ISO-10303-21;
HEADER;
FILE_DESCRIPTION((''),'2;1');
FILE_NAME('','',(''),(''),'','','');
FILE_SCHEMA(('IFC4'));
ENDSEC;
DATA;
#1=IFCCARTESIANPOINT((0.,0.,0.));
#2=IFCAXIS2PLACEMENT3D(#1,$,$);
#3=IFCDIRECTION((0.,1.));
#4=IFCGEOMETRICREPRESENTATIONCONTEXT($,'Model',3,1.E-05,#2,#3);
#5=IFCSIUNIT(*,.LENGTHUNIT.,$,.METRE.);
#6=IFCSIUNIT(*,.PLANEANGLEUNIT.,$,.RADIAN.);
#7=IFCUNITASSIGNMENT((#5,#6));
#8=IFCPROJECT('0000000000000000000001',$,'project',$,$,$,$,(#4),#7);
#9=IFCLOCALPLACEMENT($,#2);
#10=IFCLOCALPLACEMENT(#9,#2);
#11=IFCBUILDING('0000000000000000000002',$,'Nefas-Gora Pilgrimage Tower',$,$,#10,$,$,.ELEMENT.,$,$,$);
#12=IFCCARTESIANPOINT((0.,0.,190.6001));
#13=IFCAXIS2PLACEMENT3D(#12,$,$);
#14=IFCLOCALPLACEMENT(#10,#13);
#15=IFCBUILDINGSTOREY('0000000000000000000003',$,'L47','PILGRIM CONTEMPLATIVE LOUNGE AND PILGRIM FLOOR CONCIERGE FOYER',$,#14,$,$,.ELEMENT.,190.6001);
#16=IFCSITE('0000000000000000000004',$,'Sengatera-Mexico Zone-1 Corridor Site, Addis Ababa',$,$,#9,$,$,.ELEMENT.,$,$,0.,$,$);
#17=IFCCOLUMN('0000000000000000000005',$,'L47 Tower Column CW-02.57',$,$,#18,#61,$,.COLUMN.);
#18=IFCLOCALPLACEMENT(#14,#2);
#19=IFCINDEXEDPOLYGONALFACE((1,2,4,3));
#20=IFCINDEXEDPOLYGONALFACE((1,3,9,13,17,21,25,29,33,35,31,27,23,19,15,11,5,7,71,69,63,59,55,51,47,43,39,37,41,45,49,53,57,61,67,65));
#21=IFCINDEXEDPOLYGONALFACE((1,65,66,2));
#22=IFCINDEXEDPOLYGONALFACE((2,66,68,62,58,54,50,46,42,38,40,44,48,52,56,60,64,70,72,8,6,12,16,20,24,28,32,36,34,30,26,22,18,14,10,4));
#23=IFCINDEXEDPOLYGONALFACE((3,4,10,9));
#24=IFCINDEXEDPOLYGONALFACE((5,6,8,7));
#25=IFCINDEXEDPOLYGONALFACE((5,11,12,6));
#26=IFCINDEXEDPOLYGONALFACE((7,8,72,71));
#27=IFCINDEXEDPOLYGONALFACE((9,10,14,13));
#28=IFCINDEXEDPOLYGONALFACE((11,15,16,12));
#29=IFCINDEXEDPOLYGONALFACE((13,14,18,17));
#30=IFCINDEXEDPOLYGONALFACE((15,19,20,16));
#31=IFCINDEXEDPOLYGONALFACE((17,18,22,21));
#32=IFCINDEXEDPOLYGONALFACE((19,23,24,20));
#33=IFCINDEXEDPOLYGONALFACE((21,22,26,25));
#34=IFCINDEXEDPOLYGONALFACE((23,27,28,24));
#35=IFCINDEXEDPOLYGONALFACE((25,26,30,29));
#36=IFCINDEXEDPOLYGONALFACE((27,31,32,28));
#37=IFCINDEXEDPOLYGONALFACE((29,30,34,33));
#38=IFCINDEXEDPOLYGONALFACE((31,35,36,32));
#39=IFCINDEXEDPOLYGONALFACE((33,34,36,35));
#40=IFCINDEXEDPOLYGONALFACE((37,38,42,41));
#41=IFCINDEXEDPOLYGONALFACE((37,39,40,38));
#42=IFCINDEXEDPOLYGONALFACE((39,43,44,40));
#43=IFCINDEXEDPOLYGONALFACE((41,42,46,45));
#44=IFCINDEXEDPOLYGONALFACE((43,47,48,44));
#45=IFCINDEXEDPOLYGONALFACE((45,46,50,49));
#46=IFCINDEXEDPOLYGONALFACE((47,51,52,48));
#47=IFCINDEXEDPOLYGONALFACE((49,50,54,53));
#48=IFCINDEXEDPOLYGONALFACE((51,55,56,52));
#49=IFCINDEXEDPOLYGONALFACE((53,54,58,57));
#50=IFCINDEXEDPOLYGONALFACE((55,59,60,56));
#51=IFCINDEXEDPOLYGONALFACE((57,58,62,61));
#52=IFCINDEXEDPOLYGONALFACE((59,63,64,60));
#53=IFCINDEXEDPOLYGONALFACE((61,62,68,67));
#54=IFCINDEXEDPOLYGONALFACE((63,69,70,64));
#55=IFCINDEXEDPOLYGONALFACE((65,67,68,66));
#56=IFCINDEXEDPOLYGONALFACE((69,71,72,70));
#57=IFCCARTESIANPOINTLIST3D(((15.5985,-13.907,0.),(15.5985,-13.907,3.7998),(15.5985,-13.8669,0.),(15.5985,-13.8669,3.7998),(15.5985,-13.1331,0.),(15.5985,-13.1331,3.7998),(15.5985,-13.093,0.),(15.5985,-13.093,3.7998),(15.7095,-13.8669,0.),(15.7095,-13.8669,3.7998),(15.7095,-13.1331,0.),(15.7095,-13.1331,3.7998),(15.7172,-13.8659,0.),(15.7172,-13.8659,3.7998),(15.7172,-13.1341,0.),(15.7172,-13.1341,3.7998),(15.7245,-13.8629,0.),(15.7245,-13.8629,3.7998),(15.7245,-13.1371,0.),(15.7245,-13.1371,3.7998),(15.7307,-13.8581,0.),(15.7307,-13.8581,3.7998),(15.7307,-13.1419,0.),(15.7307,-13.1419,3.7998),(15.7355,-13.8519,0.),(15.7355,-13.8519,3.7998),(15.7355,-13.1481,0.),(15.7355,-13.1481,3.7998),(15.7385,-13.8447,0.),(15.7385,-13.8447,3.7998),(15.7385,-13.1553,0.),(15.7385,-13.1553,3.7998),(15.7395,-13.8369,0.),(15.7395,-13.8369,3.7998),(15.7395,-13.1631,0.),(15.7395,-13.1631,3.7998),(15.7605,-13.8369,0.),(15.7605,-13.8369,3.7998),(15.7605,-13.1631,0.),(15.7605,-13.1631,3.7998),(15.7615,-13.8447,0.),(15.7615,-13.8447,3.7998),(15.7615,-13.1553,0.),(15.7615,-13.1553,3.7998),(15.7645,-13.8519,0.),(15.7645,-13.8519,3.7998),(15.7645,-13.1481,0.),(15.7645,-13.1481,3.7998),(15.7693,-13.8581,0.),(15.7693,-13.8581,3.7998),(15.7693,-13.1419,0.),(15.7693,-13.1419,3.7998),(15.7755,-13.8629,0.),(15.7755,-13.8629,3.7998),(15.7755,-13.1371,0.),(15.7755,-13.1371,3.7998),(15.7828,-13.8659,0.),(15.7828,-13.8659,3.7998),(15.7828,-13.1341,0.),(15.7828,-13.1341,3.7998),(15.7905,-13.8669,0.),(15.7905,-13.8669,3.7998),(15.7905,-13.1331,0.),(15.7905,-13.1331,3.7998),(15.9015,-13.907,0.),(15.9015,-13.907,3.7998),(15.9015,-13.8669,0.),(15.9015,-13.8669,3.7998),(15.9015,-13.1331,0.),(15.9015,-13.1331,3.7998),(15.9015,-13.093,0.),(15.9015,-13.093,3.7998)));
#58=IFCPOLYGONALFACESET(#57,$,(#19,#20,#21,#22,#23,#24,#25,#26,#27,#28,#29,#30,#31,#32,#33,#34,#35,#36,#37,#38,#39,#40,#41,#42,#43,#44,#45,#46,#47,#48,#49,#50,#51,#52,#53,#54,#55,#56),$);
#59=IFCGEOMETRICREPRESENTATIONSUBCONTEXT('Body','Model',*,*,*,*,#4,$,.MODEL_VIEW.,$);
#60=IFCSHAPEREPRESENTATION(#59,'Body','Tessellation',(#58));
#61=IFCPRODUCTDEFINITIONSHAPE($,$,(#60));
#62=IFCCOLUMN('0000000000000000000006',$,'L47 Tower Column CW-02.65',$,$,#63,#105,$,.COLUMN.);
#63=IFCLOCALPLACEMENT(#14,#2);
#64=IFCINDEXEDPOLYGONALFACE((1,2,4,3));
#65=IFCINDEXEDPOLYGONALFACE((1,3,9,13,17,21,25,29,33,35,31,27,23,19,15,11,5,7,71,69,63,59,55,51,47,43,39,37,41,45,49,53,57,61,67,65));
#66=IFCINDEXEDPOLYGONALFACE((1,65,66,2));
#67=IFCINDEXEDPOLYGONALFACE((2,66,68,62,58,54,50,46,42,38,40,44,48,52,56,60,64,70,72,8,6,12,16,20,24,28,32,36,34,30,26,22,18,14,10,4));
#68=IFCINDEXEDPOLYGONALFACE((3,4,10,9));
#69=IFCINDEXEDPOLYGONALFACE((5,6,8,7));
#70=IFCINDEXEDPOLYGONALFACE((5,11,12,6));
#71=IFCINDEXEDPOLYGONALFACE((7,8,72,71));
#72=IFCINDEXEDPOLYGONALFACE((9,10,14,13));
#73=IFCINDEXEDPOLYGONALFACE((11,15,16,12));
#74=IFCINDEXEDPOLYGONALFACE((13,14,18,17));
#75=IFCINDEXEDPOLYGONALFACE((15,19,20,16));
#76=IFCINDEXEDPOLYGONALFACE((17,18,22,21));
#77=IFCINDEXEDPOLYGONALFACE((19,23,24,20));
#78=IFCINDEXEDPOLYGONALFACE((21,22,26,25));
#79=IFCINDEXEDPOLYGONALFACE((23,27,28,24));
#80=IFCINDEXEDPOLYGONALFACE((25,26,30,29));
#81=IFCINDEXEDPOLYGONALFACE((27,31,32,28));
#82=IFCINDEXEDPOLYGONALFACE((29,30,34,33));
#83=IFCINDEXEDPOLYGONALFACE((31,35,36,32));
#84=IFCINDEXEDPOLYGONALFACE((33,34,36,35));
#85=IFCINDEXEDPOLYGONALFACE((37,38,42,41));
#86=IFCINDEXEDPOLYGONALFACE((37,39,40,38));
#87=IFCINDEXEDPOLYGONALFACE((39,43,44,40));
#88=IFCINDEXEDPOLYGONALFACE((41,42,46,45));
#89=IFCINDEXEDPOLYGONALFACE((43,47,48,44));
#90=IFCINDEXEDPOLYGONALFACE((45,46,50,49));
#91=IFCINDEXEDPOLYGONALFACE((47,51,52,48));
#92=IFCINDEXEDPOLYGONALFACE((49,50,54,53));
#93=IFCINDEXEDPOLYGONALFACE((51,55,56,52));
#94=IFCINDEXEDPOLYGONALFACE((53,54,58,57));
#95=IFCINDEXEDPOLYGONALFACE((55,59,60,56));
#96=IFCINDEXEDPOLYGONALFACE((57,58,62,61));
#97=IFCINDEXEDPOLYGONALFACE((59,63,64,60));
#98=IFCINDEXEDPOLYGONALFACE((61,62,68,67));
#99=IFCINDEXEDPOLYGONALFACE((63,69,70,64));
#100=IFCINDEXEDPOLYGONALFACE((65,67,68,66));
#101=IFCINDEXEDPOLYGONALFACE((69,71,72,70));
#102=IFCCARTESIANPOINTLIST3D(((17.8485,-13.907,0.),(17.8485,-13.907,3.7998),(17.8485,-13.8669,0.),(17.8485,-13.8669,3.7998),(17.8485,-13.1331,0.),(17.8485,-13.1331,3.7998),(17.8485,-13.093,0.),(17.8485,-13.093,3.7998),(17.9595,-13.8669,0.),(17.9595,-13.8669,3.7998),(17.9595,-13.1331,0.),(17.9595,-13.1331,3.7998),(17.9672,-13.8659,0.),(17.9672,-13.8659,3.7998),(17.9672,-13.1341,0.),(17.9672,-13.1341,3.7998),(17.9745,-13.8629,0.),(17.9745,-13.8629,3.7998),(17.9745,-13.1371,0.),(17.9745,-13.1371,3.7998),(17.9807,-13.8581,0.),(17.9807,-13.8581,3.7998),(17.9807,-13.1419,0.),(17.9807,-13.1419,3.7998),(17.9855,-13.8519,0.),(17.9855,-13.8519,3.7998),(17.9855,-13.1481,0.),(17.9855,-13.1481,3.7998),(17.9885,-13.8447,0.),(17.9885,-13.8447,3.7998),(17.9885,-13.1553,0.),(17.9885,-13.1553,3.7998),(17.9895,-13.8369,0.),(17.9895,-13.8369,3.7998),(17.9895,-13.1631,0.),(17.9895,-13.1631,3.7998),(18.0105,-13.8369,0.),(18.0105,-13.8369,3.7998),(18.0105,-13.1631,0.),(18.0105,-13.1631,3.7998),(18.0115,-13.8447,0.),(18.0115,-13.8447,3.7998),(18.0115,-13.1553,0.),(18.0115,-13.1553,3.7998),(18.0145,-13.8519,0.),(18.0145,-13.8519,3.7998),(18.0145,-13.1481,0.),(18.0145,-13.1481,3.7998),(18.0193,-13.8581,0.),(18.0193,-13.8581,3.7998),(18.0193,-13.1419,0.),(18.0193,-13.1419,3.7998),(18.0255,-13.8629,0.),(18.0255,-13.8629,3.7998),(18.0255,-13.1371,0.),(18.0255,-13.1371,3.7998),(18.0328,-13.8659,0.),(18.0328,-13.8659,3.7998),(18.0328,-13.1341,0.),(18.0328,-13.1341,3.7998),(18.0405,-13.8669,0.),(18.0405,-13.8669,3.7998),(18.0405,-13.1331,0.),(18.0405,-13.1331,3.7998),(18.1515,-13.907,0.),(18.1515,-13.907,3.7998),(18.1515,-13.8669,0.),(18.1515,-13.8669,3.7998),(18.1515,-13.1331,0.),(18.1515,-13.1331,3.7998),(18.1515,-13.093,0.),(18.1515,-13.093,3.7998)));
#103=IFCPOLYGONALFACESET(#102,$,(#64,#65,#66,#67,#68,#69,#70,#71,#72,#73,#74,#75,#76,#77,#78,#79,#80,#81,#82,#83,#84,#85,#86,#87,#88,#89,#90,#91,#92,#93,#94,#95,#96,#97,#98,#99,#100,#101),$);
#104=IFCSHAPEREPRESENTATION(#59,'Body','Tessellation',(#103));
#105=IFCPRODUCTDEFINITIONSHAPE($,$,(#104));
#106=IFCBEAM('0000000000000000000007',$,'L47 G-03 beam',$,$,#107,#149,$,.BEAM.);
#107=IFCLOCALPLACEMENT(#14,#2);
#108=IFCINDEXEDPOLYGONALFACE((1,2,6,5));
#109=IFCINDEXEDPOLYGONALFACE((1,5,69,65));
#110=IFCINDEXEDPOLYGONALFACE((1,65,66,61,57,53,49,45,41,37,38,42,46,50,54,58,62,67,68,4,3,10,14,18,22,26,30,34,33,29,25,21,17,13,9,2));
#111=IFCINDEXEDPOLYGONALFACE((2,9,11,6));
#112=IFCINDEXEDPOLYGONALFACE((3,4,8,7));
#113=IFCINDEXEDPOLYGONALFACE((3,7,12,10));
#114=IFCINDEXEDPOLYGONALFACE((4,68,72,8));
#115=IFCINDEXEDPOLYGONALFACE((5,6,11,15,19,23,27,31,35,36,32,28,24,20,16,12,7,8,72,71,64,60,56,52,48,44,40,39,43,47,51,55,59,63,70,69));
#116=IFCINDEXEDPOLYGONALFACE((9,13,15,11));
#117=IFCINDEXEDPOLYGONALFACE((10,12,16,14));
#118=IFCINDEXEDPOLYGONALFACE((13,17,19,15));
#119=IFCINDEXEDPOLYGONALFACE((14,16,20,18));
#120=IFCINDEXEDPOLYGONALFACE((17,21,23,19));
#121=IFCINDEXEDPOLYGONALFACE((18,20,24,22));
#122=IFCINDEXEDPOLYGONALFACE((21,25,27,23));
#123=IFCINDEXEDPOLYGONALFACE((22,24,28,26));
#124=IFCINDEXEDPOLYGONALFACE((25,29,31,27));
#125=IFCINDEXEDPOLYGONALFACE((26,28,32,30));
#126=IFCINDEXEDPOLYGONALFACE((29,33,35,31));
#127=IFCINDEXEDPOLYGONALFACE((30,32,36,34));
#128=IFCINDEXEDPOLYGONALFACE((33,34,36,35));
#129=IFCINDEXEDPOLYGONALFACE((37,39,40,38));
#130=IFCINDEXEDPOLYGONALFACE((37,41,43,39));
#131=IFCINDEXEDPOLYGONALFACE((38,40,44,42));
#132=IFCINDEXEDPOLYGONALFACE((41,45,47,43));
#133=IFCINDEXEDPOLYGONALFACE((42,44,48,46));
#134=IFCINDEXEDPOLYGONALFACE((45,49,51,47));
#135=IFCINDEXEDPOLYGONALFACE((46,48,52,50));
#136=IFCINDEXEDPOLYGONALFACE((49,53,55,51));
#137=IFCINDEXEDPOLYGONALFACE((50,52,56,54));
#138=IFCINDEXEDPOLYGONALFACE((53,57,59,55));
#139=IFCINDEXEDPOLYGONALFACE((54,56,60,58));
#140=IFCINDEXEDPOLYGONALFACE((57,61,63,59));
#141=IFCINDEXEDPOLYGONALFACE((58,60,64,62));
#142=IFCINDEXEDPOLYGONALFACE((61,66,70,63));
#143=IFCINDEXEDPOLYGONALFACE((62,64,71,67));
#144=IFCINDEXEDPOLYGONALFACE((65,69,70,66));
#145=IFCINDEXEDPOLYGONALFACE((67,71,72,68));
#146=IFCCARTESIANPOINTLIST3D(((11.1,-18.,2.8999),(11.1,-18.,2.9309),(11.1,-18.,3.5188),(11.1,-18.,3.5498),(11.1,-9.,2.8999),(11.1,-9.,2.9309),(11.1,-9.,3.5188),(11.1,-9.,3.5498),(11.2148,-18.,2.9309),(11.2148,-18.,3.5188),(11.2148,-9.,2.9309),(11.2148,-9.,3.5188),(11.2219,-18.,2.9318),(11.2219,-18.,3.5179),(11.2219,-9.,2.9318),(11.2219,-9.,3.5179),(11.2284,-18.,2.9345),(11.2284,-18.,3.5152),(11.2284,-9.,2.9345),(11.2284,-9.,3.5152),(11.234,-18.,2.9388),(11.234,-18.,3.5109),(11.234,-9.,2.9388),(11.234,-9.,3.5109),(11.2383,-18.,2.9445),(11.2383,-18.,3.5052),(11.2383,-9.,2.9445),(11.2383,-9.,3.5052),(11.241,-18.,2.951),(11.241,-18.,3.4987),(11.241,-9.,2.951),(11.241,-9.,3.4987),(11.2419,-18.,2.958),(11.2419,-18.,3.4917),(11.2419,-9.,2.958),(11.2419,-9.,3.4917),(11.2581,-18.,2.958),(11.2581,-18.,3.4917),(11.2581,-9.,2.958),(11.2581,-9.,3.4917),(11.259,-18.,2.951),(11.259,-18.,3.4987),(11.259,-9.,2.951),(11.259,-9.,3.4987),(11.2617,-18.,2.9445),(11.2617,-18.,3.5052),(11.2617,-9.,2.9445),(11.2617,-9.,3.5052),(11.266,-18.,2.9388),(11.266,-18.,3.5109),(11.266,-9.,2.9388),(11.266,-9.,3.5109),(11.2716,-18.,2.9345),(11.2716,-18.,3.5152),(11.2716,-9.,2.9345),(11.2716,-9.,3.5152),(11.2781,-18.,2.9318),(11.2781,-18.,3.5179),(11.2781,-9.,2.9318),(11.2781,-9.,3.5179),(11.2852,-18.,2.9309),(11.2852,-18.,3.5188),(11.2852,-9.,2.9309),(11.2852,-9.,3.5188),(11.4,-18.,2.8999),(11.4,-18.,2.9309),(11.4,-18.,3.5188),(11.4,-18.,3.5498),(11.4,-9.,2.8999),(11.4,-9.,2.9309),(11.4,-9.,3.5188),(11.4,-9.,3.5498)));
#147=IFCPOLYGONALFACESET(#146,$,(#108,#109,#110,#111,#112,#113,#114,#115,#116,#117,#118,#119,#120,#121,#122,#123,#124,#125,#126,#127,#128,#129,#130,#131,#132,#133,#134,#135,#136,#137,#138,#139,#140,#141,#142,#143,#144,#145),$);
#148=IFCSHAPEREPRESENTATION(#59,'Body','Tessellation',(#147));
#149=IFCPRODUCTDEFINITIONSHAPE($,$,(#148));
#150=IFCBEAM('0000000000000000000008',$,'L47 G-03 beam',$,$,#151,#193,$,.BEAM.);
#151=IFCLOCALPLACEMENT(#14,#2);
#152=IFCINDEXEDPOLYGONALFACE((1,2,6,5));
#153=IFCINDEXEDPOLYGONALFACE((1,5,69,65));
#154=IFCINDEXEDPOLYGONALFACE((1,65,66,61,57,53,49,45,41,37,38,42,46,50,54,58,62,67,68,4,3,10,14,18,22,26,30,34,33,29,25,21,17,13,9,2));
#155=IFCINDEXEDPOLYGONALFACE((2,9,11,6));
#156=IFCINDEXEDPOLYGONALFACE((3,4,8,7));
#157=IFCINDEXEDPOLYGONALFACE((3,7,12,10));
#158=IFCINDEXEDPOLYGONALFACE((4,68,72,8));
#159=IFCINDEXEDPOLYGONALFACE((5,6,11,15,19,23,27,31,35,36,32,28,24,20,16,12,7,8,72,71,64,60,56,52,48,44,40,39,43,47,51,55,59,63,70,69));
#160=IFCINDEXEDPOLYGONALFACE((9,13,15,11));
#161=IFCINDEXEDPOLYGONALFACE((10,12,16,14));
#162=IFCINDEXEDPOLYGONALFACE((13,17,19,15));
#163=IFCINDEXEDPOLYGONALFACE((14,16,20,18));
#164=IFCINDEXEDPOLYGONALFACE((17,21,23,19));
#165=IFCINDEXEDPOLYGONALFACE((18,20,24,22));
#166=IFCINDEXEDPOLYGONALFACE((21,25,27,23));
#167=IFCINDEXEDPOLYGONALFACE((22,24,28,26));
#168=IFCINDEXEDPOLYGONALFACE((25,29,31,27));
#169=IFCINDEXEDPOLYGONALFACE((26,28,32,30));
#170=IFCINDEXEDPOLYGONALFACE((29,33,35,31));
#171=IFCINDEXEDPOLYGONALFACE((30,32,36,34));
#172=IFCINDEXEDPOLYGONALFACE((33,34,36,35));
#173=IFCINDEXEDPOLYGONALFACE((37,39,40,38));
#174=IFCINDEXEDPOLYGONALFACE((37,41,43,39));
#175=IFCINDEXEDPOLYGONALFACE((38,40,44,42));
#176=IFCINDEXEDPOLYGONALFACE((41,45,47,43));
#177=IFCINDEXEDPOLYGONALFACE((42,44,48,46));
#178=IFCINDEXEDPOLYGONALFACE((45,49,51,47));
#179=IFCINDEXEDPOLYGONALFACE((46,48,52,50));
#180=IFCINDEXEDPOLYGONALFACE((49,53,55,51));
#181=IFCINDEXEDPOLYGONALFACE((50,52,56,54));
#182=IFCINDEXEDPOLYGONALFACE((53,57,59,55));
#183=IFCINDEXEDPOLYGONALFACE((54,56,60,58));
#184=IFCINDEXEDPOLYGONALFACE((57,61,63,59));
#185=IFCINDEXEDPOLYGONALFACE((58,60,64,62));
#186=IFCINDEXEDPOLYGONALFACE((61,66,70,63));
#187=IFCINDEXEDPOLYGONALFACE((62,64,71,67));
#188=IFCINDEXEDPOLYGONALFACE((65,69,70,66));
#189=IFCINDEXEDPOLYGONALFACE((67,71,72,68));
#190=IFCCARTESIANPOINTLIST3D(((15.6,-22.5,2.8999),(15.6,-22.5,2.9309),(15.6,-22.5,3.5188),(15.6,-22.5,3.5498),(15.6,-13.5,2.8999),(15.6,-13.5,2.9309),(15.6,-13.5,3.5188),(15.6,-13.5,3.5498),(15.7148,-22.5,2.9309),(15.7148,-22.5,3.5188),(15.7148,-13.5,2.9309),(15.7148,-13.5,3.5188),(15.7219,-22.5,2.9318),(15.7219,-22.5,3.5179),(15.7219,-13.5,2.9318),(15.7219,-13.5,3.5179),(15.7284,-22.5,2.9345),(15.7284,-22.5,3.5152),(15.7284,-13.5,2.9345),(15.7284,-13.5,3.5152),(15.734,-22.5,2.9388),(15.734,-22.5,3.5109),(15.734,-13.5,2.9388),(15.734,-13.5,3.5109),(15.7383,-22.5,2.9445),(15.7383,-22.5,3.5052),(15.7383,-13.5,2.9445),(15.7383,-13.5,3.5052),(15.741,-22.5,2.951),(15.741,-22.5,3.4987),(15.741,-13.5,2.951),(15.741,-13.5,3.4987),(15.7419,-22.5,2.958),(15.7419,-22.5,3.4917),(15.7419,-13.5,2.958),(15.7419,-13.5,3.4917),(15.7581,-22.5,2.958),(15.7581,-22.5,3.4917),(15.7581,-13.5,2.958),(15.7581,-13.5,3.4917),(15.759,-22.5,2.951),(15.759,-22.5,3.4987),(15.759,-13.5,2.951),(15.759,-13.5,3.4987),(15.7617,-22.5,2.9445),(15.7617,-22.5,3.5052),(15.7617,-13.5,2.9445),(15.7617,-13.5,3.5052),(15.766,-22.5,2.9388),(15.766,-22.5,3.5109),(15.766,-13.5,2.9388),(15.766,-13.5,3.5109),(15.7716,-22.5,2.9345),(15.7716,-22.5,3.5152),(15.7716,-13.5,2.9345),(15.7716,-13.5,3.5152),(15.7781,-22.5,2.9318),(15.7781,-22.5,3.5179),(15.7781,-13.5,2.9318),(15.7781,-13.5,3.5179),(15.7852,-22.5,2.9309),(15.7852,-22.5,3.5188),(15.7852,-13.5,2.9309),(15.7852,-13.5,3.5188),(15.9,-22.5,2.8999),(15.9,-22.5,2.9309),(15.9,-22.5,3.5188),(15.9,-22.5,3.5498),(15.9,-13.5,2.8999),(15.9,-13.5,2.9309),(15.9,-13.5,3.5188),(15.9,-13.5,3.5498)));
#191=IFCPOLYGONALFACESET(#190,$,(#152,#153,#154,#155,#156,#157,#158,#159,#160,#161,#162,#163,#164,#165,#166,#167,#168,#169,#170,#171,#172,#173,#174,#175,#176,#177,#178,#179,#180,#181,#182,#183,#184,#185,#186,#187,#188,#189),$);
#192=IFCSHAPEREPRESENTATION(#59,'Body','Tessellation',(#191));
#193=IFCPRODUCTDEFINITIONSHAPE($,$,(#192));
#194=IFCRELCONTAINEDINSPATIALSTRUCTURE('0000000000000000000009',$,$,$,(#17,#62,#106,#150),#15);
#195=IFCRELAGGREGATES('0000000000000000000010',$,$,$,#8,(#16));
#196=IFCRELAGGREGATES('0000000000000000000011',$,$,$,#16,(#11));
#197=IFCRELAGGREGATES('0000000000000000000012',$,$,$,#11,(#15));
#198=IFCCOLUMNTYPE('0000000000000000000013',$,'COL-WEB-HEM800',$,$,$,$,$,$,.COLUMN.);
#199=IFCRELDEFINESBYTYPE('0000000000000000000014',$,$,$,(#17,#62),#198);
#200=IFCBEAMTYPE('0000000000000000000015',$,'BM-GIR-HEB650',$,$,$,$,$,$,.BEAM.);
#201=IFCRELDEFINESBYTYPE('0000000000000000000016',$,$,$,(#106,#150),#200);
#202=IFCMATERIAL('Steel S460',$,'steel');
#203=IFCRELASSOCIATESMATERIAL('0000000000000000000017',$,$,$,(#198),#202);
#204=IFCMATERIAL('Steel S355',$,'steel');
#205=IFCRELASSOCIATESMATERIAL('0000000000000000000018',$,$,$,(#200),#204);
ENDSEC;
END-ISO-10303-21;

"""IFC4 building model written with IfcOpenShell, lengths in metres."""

from ifc_helpers import new_model, si_unit, direction, frame, origin, origin_2d, place, context, subcontext, project, spatial, i_section, extrude, source, transform, mapped, material, material_profile, profile_set, type_object, element, save


model = new_model("IFC4")

# Units and contexts
model_context = context("Model", 3, precision=1e-05, world=origin(), true_north=direction((0.0, 1.0)))
body_context = subcontext(model_context, "Body", "Model", "MODEL_VIEW")
ifc_project = project(units=[si_unit("LENGTHUNIT", "METRE"), si_unit("PLANEANGLEUNIT", "RADIAN")], contexts=[model_context])

# Site, building, storey
site_placement = place(None, origin())
site = spatial("IfcSite", under=ifc_project, at=site_placement, Name="Sengatera-Mexico Zone-1 Corridor Site, Addis Ababa", CompositionType="ELEMENT", RefElevation=0.0)
building_placement = place(site_placement, origin())
building = spatial("IfcBuilding", under=site, at=building_placement, Name="Nefas-Gora Pilgrimage Tower", CompositionType="ELEMENT")
storey_placement = place(building_placement, frame((0.0, 0.0, 190.6001)))
storey = spatial("IfcBuildingStorey", under=building, at=storey_placement, Name="L47", Description="PILGRIM CONTEMPLATIVE LOUNGE AND PILGRIM FLOOR CONCIERGE FOYER", CompositionType="ELEMENT", Elevation=190.6001)

# Columns
ifc_material_1 = material(Name="Steel S460", Category="steel")
ifc_material_profile_1 = material_profile(ifc_material_1, i_section(OverallWidth=0.303, OverallDepth=0.814, WebThickness=0.021, FlangeThickness=0.04, FilletRadius=0.03, at=origin_2d()), Name="HEM 800")
ifc_profile_set_1 = profile_set([ifc_material_profile_1], Name="Steel S460")
column_type_1 = type_object("IfcColumnType", Name="COL-WEB-HEM800", PredefinedType="COLUMN", material=ifc_profile_set_1)
shared_shape_1 = source(origin(), body_context, "Body", "SweptSolid", [
    extrude(i_section(OverallWidth=0.303, OverallDepth=0.814, WebThickness=0.021, FlangeThickness=0.04, FilletRadius=0.03, at=origin_2d()), origin(), (0.0, 0.0, 1.0), 3.7998),
])
for number, where, z_axis, x_axis, name in (
    (1, (15.75, -13.5, 0.0), (0.0, 0.0, 1.0), (1.0, 0.0, 0.0), "L47 Tower Column CW-02.57"),
    (2, (18.0, -13.5, 0.0), (0.0, 0.0, 1.0), (1.0, 0.0, 0.0), "L47 Tower Column CW-02.65"),
):
    element("IfcColumn", number, at=place(storey_placement, frame(where, z_axis=z_axis, x_axis=x_axis)), inside=storey, type_object=column_type_1, Name=name, PredefinedType="COLUMN", context=body_context, shape_type="MappedRepresentation", body=[
        mapped(shared_shape_1, transform((0.0, 0.0, 0.0), x_axis=(1.0, 0.0, 0.0), y_axis=(0.0, 1.0, 0.0), z_axis=(0.0, 0.0, 1.0), scale=1.0)),
    ])

# Beams
ifc_material_2 = material(Name="Steel S355", Category="steel")
ifc_material_profile_2 = material_profile(ifc_material_2, i_section(OverallWidth=0.3, OverallDepth=0.6499, WebThickness=0.0161, FlangeThickness=0.031, FilletRadius=0.0271, at=origin_2d()), Name="HEB 650")
ifc_profile_set_2 = profile_set([ifc_material_profile_2], Name="Steel S355")
beam_type_1 = type_object("IfcBeamType", Name="BM-GIR-HEB650", PredefinedType="BEAM", material=ifc_profile_set_2)
shared_shape_2 = source(origin(), body_context, "Body", "SweptSolid", [
    extrude(i_section(OverallWidth=0.3, OverallDepth=0.6499, WebThickness=0.0161, FlangeThickness=0.031, FilletRadius=0.0271, at=origin_2d()), origin(), (0.0, 0.0, 1.0), 9.0),
])
for number, where, z_axis, x_axis, name in (
    (3, (11.25, -18.0, 3.2249), (0.0, 1.0, 0.0), (-1.0, 0.0, 0.0), "L47 G-03 beam"),
    (4, (15.75, -22.5, 3.2249), (0.0, 1.0, 0.0), (-1.0, 0.0, 0.0), "L47 G-03 beam"),
):
    element("IfcBeam", number, at=place(storey_placement, frame(where, z_axis=z_axis, x_axis=x_axis)), inside=storey, type_object=beam_type_1, Name=name, PredefinedType="BEAM", context=body_context, shape_type="MappedRepresentation", body=[
        mapped(shared_shape_2, transform((0.0, 0.0, 0.0), x_axis=(1.0, 0.0, 0.0), y_axis=(0.0, 1.0, 0.0), z_axis=(0.0, 0.0, 1.0), scale=1.0)),
    ])

save(model, "model.ifc")
